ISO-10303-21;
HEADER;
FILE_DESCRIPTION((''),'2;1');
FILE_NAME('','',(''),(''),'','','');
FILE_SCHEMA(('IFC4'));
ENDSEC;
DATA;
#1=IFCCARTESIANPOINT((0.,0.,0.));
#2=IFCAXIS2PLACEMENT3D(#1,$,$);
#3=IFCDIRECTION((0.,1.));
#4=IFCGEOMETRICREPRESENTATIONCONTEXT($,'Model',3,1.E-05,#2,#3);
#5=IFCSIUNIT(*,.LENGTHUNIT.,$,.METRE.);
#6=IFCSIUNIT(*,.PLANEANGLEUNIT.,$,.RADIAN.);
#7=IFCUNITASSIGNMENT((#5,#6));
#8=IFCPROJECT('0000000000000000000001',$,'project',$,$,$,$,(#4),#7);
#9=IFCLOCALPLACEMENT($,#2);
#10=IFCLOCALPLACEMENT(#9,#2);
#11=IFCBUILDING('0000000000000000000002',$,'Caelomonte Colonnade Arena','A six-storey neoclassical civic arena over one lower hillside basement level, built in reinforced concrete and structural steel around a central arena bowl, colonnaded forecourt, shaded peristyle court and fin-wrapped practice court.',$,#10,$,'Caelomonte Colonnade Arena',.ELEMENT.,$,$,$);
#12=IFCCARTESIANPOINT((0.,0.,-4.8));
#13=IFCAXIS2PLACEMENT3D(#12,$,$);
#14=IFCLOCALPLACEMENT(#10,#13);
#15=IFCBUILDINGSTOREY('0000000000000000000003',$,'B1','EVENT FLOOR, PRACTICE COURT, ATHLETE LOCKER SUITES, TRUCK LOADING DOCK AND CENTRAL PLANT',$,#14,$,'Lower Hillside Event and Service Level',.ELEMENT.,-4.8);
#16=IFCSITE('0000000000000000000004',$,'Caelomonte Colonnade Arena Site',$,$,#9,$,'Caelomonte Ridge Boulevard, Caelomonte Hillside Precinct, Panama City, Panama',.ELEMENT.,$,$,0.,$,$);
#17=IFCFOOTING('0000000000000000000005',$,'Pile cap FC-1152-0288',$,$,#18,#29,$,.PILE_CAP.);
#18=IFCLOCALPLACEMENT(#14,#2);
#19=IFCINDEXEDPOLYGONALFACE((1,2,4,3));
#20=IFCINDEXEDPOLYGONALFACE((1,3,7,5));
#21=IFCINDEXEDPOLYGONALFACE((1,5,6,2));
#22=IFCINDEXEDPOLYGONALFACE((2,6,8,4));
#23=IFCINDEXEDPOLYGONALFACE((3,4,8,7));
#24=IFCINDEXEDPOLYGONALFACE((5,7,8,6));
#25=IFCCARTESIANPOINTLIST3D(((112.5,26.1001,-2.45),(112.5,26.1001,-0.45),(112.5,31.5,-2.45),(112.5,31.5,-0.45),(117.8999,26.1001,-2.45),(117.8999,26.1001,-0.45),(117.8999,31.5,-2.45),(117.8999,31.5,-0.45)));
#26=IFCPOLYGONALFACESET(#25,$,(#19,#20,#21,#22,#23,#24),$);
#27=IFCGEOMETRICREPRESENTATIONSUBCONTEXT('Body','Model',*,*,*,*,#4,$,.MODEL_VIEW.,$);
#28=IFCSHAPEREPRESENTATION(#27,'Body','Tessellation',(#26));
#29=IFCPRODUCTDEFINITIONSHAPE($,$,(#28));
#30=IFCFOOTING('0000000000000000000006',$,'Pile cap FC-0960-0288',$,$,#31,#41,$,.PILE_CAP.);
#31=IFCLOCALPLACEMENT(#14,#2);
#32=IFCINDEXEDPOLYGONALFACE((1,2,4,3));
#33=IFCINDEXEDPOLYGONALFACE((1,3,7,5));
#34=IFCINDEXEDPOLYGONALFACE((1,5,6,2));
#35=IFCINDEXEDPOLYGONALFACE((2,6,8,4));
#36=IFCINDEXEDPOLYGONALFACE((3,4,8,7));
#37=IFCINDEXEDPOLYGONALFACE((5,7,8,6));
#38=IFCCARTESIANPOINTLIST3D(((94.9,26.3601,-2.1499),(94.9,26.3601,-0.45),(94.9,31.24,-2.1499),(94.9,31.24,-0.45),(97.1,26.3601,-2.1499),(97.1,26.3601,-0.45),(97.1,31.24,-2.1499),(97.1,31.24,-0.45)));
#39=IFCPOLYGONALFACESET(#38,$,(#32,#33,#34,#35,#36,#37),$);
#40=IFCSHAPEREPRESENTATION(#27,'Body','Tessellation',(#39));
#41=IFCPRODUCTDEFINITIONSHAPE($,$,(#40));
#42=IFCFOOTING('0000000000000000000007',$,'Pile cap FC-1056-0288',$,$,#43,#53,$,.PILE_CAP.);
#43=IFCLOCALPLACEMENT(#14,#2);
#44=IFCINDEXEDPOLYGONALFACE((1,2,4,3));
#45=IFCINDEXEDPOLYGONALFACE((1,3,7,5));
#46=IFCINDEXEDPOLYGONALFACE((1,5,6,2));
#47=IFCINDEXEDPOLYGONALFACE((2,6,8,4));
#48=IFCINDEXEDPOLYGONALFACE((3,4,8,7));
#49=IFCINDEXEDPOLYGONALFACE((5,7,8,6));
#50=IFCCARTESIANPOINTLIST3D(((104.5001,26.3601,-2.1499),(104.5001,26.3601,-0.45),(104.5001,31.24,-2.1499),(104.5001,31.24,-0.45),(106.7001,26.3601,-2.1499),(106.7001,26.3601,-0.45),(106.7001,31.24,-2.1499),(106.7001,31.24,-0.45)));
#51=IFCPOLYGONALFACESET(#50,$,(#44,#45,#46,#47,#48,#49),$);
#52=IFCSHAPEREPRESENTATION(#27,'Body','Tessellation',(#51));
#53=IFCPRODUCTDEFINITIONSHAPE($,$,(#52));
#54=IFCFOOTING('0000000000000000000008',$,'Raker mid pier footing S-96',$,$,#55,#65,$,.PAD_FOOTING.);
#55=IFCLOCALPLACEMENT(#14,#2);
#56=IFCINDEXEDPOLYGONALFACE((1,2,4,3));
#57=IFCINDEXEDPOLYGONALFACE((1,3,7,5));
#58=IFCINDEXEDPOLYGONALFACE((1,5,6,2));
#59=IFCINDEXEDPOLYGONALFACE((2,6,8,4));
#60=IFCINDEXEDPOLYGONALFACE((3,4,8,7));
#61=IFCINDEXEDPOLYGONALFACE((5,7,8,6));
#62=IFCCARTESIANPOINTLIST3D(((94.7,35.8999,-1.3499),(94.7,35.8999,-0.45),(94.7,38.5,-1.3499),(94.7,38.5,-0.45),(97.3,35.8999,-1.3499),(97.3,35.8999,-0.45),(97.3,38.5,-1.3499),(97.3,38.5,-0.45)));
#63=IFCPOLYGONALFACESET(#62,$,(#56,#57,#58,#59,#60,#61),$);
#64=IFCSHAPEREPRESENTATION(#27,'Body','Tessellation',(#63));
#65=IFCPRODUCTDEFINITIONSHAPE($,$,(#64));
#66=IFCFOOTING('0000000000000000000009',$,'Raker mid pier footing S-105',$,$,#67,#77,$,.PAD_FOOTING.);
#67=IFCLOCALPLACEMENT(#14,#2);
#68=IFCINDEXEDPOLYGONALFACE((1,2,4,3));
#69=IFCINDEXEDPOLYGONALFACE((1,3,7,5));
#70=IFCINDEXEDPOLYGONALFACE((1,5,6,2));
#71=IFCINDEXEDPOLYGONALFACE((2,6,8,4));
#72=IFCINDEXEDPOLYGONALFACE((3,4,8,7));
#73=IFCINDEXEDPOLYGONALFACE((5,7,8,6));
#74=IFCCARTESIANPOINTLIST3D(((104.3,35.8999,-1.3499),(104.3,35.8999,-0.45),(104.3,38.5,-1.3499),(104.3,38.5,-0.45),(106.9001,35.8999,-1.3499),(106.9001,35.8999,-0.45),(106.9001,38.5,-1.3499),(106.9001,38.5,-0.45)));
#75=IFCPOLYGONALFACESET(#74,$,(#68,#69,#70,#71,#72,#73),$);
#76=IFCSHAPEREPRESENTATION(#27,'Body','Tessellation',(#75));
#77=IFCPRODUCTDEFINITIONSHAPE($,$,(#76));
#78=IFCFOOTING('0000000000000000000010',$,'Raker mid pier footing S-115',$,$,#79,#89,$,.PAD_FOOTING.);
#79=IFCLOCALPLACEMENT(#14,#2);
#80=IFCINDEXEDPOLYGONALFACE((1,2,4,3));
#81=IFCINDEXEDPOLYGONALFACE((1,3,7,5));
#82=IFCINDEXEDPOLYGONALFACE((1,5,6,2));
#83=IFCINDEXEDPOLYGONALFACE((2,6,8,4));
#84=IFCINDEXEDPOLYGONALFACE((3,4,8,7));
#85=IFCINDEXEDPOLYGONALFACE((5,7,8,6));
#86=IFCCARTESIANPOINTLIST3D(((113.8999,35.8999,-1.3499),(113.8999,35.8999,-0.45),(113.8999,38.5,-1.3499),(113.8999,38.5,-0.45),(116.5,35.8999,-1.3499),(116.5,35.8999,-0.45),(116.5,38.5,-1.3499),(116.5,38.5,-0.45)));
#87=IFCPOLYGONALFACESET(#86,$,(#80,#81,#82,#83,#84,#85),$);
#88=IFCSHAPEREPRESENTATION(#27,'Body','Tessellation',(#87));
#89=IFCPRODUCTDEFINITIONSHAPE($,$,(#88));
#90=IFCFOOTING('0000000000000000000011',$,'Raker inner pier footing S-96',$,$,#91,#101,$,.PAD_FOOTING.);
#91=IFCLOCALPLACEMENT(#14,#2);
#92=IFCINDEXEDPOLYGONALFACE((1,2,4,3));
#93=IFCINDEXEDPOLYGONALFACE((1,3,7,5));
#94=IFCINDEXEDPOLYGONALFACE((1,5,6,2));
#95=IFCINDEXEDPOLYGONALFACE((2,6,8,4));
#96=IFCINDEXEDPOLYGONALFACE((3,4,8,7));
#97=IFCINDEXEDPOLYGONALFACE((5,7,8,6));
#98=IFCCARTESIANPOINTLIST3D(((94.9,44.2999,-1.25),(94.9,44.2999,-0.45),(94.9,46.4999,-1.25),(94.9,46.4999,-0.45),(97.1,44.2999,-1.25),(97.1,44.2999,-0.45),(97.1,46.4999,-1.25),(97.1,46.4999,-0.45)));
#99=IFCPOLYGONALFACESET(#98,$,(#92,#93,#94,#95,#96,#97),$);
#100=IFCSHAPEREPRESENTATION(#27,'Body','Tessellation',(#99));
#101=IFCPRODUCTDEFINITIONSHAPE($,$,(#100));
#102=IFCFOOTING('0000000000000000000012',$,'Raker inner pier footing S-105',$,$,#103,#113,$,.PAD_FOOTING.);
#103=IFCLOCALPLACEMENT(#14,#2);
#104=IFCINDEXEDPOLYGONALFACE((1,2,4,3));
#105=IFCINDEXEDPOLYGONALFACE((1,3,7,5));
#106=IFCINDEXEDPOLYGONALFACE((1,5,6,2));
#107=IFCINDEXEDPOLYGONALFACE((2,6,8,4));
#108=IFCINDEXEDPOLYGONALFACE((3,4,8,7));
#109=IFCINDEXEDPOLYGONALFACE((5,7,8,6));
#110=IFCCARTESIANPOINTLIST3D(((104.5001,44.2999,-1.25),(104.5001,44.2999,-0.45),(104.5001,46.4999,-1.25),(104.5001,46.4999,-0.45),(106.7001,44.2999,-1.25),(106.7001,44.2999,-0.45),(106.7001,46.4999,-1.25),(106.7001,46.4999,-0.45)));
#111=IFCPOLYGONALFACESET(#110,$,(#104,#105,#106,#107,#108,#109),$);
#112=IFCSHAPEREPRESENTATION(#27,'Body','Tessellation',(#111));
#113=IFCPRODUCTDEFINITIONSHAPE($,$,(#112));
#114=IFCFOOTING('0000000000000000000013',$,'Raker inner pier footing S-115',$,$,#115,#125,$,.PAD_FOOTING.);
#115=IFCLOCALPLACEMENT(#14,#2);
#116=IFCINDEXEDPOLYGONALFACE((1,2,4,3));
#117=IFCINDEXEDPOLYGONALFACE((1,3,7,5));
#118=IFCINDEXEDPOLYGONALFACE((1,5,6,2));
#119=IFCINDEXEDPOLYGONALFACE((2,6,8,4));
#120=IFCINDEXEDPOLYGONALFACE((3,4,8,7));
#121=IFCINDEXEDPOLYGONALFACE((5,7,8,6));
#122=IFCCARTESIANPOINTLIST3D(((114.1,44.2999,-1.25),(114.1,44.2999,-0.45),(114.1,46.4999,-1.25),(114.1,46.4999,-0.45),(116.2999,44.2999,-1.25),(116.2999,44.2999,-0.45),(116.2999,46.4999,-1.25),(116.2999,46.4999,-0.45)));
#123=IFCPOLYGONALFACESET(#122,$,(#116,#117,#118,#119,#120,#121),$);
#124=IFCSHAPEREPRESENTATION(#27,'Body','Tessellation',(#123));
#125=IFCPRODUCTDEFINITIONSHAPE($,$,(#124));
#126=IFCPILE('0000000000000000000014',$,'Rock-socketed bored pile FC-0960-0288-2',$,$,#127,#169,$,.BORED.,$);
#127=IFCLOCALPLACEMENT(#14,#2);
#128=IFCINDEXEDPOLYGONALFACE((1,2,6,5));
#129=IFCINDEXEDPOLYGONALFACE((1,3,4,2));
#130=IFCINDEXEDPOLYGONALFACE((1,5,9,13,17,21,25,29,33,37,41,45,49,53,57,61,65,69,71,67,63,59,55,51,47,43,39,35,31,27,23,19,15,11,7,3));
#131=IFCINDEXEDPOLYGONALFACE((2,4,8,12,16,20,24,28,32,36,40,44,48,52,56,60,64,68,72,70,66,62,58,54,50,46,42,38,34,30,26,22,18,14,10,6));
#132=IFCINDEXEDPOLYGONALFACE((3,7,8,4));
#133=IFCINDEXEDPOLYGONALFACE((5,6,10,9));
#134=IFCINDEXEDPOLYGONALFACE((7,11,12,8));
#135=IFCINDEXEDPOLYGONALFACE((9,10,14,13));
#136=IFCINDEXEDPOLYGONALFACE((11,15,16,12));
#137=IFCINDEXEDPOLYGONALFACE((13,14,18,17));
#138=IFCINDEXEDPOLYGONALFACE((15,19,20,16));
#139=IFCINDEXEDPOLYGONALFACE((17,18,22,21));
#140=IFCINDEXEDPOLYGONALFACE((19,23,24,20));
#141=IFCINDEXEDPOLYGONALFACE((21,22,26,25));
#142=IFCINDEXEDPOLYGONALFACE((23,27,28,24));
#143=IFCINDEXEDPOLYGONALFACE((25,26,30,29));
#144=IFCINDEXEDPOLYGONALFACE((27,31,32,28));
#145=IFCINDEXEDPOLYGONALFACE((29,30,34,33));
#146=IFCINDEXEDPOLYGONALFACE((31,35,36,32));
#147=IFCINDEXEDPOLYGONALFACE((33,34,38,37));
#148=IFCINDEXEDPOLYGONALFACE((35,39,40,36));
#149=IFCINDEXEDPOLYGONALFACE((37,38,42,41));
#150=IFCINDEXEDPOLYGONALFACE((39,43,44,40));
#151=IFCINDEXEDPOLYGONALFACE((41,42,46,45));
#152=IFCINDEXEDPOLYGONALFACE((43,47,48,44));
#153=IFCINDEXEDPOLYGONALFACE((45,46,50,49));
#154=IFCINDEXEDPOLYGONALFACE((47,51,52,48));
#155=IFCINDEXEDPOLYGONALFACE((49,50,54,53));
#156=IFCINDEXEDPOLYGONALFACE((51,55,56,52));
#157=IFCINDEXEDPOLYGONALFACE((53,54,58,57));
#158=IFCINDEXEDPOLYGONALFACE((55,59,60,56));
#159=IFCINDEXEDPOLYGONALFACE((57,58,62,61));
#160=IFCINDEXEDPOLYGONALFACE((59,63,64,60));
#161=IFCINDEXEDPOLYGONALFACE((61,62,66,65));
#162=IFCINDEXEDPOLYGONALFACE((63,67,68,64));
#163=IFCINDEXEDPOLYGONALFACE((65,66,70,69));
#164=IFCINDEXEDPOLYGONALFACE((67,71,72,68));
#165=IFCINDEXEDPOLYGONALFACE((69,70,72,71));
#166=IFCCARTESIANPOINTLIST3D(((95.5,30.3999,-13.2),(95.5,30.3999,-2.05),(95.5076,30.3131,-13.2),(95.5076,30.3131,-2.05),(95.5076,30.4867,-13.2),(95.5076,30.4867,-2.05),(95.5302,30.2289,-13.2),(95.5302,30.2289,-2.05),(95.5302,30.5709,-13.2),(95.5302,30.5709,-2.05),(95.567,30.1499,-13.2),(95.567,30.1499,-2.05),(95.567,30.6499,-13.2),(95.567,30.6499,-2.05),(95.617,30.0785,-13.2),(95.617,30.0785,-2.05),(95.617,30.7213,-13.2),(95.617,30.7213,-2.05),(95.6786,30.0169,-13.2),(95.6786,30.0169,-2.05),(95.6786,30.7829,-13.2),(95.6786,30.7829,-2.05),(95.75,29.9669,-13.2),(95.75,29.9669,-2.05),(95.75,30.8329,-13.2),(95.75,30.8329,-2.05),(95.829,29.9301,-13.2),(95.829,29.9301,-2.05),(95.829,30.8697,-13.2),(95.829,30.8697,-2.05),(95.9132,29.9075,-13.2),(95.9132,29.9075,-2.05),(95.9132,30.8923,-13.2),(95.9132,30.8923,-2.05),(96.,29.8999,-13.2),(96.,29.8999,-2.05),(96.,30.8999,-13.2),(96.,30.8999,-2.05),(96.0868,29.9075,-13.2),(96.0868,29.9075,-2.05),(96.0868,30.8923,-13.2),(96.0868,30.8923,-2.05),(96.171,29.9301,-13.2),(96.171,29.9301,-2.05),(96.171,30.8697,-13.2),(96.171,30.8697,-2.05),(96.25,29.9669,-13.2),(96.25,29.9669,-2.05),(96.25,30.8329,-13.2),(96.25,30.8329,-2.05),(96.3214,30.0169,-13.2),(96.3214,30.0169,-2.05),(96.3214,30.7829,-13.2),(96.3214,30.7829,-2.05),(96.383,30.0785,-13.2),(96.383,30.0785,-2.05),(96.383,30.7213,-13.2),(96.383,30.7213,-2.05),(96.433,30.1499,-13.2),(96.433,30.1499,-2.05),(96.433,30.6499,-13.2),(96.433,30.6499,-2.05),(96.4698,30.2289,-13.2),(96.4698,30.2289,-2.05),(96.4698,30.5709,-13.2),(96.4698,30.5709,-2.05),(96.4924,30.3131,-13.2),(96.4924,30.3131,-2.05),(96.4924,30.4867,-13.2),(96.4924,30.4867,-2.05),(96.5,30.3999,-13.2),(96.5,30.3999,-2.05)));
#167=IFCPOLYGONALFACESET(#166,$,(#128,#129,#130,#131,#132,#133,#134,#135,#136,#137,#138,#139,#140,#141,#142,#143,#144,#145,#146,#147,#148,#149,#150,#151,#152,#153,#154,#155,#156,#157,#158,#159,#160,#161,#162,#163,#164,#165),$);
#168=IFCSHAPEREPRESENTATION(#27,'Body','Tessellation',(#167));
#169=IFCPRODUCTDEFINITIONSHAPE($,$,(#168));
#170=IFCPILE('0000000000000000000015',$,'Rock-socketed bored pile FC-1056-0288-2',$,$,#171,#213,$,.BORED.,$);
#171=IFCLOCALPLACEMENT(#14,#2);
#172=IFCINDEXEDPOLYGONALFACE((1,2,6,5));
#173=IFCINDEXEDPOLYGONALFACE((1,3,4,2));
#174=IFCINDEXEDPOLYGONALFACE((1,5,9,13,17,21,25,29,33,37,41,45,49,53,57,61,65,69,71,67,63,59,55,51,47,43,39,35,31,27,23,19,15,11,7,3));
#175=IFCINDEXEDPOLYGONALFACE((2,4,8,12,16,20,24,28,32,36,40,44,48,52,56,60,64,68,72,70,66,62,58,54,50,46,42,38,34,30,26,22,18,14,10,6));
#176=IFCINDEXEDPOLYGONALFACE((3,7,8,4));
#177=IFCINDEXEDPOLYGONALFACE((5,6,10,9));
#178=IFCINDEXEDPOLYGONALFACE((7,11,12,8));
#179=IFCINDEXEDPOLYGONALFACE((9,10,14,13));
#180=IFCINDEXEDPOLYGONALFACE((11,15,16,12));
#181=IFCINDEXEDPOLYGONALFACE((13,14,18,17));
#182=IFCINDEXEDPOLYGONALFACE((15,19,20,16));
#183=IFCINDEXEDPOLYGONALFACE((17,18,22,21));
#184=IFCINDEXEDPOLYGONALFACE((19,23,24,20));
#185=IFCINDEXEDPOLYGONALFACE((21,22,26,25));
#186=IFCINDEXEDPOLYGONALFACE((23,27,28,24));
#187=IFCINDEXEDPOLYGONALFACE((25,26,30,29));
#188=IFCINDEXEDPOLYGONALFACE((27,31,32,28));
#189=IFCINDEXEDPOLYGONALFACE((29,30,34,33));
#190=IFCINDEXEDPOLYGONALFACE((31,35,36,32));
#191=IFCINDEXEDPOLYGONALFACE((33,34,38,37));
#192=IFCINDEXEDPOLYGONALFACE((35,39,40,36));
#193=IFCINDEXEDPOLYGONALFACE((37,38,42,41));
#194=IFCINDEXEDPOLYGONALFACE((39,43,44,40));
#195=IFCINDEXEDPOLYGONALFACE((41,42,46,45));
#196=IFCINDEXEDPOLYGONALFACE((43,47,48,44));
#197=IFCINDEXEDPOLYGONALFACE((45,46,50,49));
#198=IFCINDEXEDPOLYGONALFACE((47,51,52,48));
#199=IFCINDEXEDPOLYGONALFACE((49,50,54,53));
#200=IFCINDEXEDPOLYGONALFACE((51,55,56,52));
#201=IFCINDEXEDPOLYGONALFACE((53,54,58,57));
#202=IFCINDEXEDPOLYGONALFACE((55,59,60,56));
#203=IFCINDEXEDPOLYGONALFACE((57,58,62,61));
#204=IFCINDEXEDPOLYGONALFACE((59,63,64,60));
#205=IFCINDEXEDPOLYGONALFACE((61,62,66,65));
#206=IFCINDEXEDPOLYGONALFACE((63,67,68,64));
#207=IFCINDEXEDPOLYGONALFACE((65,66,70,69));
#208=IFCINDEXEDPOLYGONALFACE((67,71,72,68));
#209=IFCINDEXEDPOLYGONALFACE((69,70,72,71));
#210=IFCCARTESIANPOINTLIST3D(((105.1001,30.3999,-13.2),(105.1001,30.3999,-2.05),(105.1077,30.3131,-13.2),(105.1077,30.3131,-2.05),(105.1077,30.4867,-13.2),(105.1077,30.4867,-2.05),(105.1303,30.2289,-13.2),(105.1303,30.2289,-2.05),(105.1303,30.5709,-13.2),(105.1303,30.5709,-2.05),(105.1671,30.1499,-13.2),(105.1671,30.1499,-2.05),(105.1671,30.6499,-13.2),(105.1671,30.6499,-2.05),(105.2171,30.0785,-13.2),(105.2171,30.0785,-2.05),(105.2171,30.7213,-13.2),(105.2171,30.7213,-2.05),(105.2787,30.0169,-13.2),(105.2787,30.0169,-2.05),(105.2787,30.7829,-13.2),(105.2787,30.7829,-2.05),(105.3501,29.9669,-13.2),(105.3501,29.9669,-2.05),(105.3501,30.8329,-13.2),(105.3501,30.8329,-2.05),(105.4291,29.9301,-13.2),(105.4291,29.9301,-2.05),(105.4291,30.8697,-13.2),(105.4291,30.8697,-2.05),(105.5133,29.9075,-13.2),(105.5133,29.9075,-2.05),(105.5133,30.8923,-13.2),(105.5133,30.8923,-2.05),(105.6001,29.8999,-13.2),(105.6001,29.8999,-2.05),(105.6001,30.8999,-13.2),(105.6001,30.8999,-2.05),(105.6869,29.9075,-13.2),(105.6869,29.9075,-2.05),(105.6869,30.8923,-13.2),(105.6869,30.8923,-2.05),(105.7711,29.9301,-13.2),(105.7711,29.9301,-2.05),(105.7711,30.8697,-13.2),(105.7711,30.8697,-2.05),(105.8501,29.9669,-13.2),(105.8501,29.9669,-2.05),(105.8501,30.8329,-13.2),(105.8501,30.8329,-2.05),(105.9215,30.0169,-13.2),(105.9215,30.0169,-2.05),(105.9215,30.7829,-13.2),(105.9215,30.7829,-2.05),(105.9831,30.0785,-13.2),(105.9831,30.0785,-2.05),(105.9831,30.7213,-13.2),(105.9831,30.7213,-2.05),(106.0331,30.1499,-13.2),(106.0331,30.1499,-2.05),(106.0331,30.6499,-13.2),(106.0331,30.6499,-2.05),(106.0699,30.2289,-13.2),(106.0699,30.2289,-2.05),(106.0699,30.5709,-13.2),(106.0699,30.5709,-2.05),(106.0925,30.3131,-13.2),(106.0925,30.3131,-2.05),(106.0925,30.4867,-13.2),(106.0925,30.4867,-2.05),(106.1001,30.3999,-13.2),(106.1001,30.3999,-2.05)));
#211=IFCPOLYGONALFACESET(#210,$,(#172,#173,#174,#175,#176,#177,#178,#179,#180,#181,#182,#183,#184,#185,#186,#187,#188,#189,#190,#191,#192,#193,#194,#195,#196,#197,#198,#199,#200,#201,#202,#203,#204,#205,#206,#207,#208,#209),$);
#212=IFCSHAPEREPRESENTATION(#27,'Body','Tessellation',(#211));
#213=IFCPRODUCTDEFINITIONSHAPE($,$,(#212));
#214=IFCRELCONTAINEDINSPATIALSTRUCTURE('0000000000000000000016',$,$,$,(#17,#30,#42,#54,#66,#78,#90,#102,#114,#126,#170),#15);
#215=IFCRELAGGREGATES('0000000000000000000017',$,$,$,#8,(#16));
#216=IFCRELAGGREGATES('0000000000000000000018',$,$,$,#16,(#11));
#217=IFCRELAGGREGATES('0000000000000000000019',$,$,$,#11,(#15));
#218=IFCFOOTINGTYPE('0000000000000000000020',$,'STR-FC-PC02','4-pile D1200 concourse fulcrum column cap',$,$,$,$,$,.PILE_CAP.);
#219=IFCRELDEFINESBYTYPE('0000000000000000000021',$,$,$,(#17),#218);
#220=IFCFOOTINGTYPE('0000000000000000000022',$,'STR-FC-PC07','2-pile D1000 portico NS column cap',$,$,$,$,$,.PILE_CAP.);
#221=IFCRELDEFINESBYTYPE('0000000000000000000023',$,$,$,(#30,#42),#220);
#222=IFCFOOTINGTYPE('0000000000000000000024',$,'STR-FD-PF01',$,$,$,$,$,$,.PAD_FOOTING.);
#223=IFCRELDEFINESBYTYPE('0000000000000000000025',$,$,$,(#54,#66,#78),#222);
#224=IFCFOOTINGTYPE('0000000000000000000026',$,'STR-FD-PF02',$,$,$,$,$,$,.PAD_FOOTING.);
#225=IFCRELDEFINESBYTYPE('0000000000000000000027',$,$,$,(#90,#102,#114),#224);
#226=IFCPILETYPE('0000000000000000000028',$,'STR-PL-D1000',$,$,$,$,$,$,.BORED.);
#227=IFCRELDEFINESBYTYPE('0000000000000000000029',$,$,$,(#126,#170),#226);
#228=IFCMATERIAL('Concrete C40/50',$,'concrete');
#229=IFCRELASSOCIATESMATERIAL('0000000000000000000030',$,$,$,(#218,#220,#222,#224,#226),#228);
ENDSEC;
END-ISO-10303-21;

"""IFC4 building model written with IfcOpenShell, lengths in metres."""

from ifc_helpers import new_model, si_unit, direction, frame, origin, origin_2d, place, context, subcontext, project, spatial, rectangle, circle, extrude, material, material_profile, profile_set, type_object, element, save


model = new_model("IFC4")

# Units and contexts
model_context = context("Model", 3, precision=1e-05, world=origin(), true_north=direction((0.0, 1.0)))
body_context = subcontext(model_context, "Body", "Model", "MODEL_VIEW")
ifc_project = project(units=[si_unit("LENGTHUNIT", "METRE"), si_unit("PLANEANGLEUNIT", "RADIAN")], contexts=[model_context])

# Site, building, storey
site_placement = place(None, origin())
site = spatial("IfcSite", under=ifc_project, at=site_placement, Name="Caelomonte Colonnade Arena Site", LongName="Caelomonte Ridge Boulevard, Caelomonte Hillside Precinct, Panama City, Panama", CompositionType="ELEMENT", RefElevation=0.0)
building_placement = place(site_placement, origin())
building = spatial("IfcBuilding", under=site, at=building_placement, Name="Caelomonte Colonnade Arena", Description="A six-storey neoclassical civic arena over one lower hillside basement level, built in reinforced concrete and structural steel around a central arena bowl, colonnaded forecourt, shaded peristyle court and fin-wrapped practice court.", LongName="Caelomonte Colonnade Arena", CompositionType="ELEMENT")
storey_placement = place(building_placement, frame((0.0, 0.0, -4.8)))
storey = spatial("IfcBuildingStorey", under=building, at=storey_placement, Name="B1", Description="EVENT FLOOR, PRACTICE COURT, ATHLETE LOCKER SUITES, TRUCK LOADING DOCK AND CENTRAL PLANT", LongName="Lower Hillside Event and Service Level", CompositionType="ELEMENT", Elevation=-4.8)

# Footings
ifc_material_1 = material(Name="Concrete C40/50", Category="concrete")
footing_type_1 = type_object("IfcFootingType", Name="STR-FC-PC02", Description="4-pile D1200 concourse fulcrum column cap", PredefinedType="PILE_CAP", material=ifc_material_1)
footing_placement = place(storey_placement, frame((115.2, 28.8, -2.45), z_axis=(0.0, 0.0, 1.0), x_axis=(1.0, 0.0, 0.0)))
element("IfcFooting", 1, at=footing_placement, inside=storey, type_object=footing_type_1, Name="Pile cap FC-1152-0288", PredefinedType="PILE_CAP", context=body_context, shape_type="SweptSolid", body=[
    extrude(rectangle(XDim=5.3999, YDim=5.3999, at=origin_2d()), origin(), (0.0, 0.0, 1.0), 2.0),
])
footing_type_2 = type_object("IfcFootingType", Name="STR-FC-PC07", Description="2-pile D1000 portico NS column cap", PredefinedType="PILE_CAP", material=ifc_material_1)
for number, where, z_axis, x_axis, name in (
    (2, (96.0, 28.8, -2.1499), (0.0, 0.0, 1.0), (1.0, 0.0, 0.0), "Pile cap FC-0960-0288"),
    (3, (105.6001, 28.8, -2.1499), (0.0, 0.0, 1.0), (1.0, 0.0, 0.0), "Pile cap FC-1056-0288"),
):
    element("IfcFooting", number, at=place(storey_placement, frame(where, z_axis=z_axis, x_axis=x_axis)), inside=storey, type_object=footing_type_2, Name=name, PredefinedType="PILE_CAP", context=body_context, shape_type="SweptSolid", body=[
        extrude(rectangle(XDim=2.2, YDim=4.8799, at=origin_2d()), origin(), (0.0, 0.0, 1.0), 1.7),
    ])
footing_type_3 = type_object("IfcFootingType", Name="STR-FD-PF01", PredefinedType="PAD_FOOTING", material=ifc_material_1)
for number, where, z_axis, x_axis, name in (
    (4, (96.0, 37.2, -1.3499), (0.0, 0.0, 1.0), (1.0, 0.0, 0.0), "Raker mid pier footing S-96"),
    (5, (105.6001, 37.2, -1.3499), (0.0, 0.0, 1.0), (1.0, 0.0, 0.0), "Raker mid pier footing S-105"),
    (6, (115.2, 37.2, -1.3499), (0.0, 0.0, 1.0), (1.0, 0.0, 0.0), "Raker mid pier footing S-115"),
):
    element("IfcFooting", number, at=place(storey_placement, frame(where, z_axis=z_axis, x_axis=x_axis)), inside=storey, type_object=footing_type_3, Name=name, PredefinedType="PAD_FOOTING", context=body_context, shape_type="SweptSolid", body=[
        extrude(rectangle(XDim=2.6001, YDim=2.6001, at=origin_2d()), origin(), (0.0, 0.0, 1.0), 0.8999),
    ])
footing_type_4 = type_object("IfcFootingType", Name="STR-FD-PF02", PredefinedType="PAD_FOOTING", material=ifc_material_1)
for number, where, z_axis, x_axis, name in (
    (7, (96.0, 45.3999, -1.25), (0.0, 0.0, 1.0), (1.0, 0.0, 0.0), "Raker inner pier footing S-96"),
    (8, (105.6001, 45.3999, -1.25), (0.0, 0.0, 1.0), (1.0, 0.0, 0.0), "Raker inner pier footing S-105"),
    (9, (115.2, 45.3999, -1.25), (0.0, 0.0, 1.0), (1.0, 0.0, 0.0), "Raker inner pier footing S-115"),
):
    element("IfcFooting", number, at=place(storey_placement, frame(where, z_axis=z_axis, x_axis=x_axis)), inside=storey, type_object=footing_type_4, Name=name, PredefinedType="PAD_FOOTING", context=body_context, shape_type="SweptSolid", body=[
        extrude(rectangle(XDim=2.2, YDim=2.2, at=origin_2d()), origin(), (0.0, 0.0, 1.0), 0.8),
    ])

# Piles
ifc_material_profile_1 = material_profile(ifc_material_1, circle(Radius=0.5, at=origin_2d()), Name="PILE-D1000")
ifc_profile_set_1 = profile_set([ifc_material_profile_1], Name="Concrete C40/50")
pile_type_1 = type_object("IfcPileType", Name="STR-PL-D1000", PredefinedType="BORED", material=ifc_profile_set_1)
for number, where, z_axis, x_axis, name in (
    (10, (96.0, 30.3999, -2.05), (0.0, 0.0, -1.0), (1.0, 0.0, 0.0), "Rock-socketed bored pile FC-0960-0288-2"),
    (11, (105.6001, 30.3999, -2.05), (0.0, 0.0, -1.0), (1.0, 0.0, 0.0), "Rock-socketed bored pile FC-1056-0288-2"),
):
    element("IfcPile", number, at=place(storey_placement, frame(where, z_axis=z_axis, x_axis=x_axis)), inside=storey, type_object=pile_type_1, Name=name, PredefinedType="BORED", context=body_context, shape_type="SweptSolid", body=[
        extrude(circle(Radius=0.5, at=origin_2d()), origin(), (0.0, 0.0, 1.0), 11.1499),
    ])

save(model, "model.ifc")
